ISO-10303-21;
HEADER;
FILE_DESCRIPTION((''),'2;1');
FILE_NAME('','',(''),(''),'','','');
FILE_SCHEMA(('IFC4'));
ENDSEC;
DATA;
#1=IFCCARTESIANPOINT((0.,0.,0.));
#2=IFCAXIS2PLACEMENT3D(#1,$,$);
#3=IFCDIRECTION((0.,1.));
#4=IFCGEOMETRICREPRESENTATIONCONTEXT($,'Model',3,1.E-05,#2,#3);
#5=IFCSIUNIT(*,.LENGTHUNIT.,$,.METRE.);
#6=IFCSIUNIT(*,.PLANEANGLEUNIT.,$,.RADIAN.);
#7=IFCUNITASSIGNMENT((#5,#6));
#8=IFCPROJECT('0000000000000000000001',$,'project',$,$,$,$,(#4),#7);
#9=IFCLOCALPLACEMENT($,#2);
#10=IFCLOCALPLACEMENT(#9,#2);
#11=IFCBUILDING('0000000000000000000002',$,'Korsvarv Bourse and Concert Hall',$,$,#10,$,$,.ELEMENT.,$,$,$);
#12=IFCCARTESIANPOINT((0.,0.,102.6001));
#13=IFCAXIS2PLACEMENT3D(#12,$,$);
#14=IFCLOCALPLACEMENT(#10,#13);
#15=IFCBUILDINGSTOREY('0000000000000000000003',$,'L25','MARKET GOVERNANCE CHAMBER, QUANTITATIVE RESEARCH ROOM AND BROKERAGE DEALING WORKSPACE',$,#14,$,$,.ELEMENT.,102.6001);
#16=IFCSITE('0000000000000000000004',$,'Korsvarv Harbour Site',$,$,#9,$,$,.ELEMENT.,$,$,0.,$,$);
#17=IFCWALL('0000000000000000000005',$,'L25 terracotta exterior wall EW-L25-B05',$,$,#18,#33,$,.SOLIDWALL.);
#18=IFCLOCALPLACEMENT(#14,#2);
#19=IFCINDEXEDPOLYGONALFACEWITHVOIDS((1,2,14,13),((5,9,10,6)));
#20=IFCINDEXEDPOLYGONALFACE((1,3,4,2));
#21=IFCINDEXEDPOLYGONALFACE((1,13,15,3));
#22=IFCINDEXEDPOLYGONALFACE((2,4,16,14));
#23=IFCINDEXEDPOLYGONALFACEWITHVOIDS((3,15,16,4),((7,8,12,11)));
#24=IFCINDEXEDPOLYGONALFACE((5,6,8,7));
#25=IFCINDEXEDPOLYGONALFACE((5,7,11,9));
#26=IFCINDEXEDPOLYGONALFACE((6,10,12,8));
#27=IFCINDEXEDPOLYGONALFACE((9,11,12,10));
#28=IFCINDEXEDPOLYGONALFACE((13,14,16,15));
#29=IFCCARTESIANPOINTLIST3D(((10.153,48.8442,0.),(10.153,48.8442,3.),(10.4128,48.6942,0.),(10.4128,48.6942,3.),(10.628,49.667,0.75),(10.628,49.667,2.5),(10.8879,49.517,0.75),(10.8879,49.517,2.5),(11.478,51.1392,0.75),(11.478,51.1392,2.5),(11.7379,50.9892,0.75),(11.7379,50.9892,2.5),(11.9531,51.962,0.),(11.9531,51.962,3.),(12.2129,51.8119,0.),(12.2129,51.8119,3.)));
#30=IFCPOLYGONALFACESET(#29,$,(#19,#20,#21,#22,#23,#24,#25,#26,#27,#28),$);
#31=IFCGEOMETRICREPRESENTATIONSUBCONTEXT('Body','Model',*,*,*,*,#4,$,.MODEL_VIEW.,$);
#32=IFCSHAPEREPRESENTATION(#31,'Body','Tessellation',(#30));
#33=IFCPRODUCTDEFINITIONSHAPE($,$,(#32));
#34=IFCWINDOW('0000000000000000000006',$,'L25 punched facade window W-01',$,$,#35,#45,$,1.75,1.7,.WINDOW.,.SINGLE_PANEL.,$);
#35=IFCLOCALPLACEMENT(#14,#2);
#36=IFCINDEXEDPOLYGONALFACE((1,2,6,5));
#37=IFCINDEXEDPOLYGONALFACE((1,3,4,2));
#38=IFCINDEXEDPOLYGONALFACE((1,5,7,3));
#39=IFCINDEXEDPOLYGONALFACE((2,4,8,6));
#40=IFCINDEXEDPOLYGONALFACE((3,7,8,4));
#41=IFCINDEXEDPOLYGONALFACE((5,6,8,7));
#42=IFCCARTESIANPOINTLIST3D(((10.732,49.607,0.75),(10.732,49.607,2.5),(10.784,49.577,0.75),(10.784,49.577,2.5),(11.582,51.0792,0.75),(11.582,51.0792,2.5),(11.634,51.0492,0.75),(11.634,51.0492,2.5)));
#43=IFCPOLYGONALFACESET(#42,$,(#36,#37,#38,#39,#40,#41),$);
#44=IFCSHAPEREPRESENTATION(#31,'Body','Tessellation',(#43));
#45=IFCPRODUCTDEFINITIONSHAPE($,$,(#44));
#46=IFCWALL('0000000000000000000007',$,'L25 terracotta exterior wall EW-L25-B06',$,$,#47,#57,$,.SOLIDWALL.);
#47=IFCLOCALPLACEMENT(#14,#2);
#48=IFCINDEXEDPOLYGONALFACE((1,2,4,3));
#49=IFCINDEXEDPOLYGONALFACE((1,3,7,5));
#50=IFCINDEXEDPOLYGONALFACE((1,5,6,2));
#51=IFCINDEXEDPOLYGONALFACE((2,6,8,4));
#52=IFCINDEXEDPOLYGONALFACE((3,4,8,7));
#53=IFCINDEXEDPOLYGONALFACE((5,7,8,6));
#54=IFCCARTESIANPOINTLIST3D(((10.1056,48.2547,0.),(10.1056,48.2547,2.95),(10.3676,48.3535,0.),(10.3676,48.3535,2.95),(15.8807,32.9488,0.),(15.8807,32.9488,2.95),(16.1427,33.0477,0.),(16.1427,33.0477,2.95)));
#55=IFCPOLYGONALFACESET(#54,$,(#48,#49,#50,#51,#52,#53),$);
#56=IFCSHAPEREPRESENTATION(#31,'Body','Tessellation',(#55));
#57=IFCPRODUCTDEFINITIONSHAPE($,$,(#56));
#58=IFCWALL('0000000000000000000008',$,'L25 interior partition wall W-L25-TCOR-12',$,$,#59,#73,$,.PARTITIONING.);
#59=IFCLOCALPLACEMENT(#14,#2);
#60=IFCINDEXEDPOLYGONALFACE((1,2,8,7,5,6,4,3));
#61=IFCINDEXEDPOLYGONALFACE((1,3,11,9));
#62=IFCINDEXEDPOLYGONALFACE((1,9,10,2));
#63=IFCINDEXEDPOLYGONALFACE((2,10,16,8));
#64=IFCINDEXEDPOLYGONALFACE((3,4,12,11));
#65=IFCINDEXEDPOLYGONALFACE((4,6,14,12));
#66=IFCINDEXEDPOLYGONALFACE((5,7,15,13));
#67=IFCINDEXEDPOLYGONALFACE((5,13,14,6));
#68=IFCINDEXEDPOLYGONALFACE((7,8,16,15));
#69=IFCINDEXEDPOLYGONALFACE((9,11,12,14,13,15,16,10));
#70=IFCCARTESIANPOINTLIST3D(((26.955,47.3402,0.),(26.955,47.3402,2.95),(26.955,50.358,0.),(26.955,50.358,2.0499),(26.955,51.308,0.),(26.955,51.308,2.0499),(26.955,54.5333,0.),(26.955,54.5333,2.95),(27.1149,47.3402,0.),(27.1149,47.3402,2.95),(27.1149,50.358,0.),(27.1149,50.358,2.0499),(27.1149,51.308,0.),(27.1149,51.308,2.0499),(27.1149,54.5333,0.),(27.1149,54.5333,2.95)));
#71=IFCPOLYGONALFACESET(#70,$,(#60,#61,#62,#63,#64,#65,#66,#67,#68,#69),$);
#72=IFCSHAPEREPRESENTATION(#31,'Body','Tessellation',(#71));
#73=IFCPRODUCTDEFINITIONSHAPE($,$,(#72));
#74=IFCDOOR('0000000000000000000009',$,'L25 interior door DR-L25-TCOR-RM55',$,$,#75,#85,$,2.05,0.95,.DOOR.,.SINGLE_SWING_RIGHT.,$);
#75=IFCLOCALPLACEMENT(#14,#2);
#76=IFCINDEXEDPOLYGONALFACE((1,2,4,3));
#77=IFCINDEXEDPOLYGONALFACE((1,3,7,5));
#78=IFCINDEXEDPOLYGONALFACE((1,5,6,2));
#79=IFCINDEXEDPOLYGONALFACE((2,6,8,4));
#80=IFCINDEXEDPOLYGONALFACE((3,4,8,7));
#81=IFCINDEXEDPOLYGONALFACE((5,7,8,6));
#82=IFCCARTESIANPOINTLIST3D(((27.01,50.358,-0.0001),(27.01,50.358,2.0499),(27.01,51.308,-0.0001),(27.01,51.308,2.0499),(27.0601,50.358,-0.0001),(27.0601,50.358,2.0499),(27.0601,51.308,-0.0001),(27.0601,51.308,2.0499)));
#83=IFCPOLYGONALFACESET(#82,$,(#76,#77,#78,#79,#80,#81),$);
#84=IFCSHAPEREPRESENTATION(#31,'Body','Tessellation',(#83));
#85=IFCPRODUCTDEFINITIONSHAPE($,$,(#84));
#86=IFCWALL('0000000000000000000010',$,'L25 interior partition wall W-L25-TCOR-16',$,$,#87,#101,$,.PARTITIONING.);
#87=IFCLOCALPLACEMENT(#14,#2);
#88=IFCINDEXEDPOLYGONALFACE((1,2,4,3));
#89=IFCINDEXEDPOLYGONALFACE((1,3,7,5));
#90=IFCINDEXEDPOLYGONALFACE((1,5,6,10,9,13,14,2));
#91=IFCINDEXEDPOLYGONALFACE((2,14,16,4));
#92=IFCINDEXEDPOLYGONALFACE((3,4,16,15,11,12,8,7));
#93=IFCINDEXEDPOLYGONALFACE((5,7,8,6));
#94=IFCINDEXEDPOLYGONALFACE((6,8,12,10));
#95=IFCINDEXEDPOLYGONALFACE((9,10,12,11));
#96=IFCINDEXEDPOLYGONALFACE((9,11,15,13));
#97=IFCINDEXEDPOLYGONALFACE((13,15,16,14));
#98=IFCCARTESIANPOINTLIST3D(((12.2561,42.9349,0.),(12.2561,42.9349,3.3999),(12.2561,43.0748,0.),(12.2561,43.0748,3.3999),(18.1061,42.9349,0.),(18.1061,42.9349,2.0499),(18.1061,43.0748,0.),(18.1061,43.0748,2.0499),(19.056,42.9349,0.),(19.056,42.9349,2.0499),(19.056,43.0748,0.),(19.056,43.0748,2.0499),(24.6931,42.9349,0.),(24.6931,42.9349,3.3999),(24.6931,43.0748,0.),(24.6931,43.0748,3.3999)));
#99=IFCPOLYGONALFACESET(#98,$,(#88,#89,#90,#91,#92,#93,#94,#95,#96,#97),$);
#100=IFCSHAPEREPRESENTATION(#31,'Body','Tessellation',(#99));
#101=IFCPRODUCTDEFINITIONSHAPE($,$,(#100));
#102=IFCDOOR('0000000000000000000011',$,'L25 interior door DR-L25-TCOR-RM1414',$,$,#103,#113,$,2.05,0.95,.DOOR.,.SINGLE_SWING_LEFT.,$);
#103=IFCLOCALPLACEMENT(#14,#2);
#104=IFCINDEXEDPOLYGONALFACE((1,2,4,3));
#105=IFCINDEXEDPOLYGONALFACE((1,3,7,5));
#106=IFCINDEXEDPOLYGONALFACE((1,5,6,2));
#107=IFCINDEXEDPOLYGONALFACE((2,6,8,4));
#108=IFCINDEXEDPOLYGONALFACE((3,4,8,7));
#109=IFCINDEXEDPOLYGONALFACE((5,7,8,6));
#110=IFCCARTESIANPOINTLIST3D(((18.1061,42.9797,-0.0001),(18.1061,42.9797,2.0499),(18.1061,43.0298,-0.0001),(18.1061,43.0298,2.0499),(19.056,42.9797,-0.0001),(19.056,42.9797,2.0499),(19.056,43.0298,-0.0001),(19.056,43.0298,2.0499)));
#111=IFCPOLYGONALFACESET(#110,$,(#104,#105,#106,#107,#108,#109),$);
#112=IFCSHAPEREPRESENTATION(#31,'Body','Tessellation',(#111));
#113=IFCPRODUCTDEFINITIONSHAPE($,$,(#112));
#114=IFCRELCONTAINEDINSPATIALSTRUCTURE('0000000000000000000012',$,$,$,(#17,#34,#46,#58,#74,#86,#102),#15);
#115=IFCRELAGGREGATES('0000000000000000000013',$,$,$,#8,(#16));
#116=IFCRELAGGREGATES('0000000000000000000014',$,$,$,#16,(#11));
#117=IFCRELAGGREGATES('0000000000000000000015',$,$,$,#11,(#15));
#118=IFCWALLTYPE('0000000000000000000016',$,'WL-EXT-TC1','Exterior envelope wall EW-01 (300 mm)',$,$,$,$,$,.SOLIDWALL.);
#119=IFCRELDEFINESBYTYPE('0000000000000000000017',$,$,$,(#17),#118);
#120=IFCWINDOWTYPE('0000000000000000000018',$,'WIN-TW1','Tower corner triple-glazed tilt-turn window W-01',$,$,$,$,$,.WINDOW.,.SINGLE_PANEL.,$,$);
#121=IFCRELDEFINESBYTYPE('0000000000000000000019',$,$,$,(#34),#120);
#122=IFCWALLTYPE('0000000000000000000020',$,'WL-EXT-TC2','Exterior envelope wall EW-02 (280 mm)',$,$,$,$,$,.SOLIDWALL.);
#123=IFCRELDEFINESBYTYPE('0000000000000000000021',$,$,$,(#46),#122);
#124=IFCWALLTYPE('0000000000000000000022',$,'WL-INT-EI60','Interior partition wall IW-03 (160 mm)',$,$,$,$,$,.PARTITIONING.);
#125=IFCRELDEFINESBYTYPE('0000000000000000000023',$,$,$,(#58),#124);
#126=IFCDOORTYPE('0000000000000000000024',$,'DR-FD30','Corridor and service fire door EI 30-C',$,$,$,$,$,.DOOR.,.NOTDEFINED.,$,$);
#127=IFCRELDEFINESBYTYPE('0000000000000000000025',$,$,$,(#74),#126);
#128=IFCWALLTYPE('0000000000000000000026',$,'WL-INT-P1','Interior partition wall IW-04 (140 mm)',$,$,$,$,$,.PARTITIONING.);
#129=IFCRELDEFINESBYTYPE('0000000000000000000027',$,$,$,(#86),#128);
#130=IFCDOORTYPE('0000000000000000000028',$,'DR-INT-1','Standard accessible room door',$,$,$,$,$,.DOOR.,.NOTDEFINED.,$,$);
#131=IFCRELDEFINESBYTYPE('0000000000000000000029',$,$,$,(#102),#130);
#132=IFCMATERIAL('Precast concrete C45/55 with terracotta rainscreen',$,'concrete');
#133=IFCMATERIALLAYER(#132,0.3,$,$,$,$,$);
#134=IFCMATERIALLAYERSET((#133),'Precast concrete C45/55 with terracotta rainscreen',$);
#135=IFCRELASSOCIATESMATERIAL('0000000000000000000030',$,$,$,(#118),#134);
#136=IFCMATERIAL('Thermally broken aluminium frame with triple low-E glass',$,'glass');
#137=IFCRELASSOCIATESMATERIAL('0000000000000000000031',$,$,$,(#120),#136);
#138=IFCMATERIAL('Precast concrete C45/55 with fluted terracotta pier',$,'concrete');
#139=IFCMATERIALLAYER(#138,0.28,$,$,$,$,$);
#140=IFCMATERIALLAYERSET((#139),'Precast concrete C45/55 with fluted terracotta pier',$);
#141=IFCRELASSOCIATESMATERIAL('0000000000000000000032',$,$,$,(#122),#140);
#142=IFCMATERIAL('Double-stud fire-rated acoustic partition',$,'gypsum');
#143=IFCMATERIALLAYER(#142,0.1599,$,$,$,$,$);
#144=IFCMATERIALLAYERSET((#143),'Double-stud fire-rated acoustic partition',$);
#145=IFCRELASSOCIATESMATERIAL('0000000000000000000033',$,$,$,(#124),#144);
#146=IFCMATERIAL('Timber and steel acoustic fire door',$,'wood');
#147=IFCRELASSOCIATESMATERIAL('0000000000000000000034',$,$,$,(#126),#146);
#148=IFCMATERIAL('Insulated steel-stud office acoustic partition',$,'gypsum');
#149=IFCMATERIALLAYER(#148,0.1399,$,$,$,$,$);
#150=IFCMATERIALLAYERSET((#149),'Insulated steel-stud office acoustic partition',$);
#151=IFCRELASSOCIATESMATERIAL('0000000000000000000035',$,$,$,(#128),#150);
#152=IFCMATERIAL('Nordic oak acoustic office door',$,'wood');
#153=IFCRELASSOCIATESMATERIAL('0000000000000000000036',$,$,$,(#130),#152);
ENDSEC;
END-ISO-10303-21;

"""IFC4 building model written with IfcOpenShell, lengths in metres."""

from ifc_helpers import new_model, si_unit, direction, frame, frame_2d, origin, place, context, subcontext, project, spatial, rectangle, extrude, material, layer, layer_set, type_object, element, fill, save


model = new_model("IFC4")

# Units and contexts
model_context = context("Model", 3, precision=1e-05, world=origin(), true_north=direction((0.0, 1.0)))
body_context = subcontext(model_context, "Body", "Model", "MODEL_VIEW")
ifc_project = project(units=[si_unit("LENGTHUNIT", "METRE"), si_unit("PLANEANGLEUNIT", "RADIAN")], contexts=[model_context])

# Site, building, storey
site_placement = place(None, origin())
site = spatial("IfcSite", under=ifc_project, at=site_placement, Name="Korsvarv Harbour Site", CompositionType="ELEMENT", RefElevation=0.0)
building_placement = place(site_placement, origin())
building = spatial("IfcBuilding", under=site, at=building_placement, Name="Korsvarv Bourse and Concert Hall", CompositionType="ELEMENT")
storey_placement = place(building_placement, frame((0.0, 0.0, 102.6001)))
storey = spatial("IfcBuildingStorey", under=building, at=storey_placement, Name="L25", Description="MARKET GOVERNANCE CHAMBER, QUANTITATIVE RESEARCH ROOM AND BROKERAGE DEALING WORKSPACE", CompositionType="ELEMENT", Elevation=102.6001)

# Wall, opening, window
ifc_material_1 = material(Name="Precast concrete C45/55 with terracotta rainscreen", Category="concrete")
ifc_layer_1 = layer(ifc_material_1, 0.3)
ifc_layer_set_1 = layer_set([ifc_layer_1], Name="Precast concrete C45/55 with terracotta rainscreen")
wall_type_1 = type_object("IfcWallType", Name="WL-EXT-TC1", Description="Exterior envelope wall EW-01 (300 mm)", PredefinedType="SOLIDWALL", material=ifc_layer_set_1)
wall_1_placement = place(storey_placement, frame((12.083, 51.887, 0.0), z_axis=(0.0, 0.0, 1.0), x_axis=(-0.500012, -0.866018, 0.0)))
wall_1 = element("IfcWall", 1, at=wall_1_placement, inside=storey, type_object=wall_type_1, Name="L25 terracotta exterior wall EW-L25-B05", PredefinedType="SOLIDWALL", context=body_context, shape_type="SweptSolid", body=[
    extrude(rectangle(XDim=3.6001, YDim=0.3, at=frame_2d((1.8, 0.0))), origin(), (0.0, 0.0, 1.0), 3.0),
])
opening_1_placement = place(wall_1_placement, frame((0.95, 0.0, 0.75)))
opening_1 = element("IfcOpeningElement", 2, at=opening_1_placement, cuts=wall_1, PredefinedType="OPENING", context=body_context, shape_type="SweptSolid", body=[
    extrude(rectangle(XDim=1.7, YDim=1.75, at=frame_2d((0.8501, 0.875))), frame((0.0, 0.1602, 0.0), z_axis=(0.0, -1.0, 0.0), x_axis=(1.0, 0.0, 0.0)), (0.0, 0.0, 1.0), 0.3201),
])
ifc_material_2 = material(Name="Thermally broken aluminium frame with triple low-E glass", Category="glass")
window_type = type_object("IfcWindowType", Name="WIN-TW1", Description="Tower corner triple-glazed tilt-turn window W-01", PartitioningType="SINGLE_PANEL", PredefinedType="WINDOW", material=ifc_material_2)
window_placement = place(opening_1_placement, origin())
window = element("IfcWindow", 3, at=window_placement, inside=storey, type_object=window_type, Name="L25 punched facade window W-01", OverallHeight=1.75, OverallWidth=1.7, PartitioningType="SINGLE_PANEL", PredefinedType="WINDOW", context=body_context, shape_type="SweptSolid", body=[
    extrude(rectangle(XDim=1.7, YDim=1.75, at=frame_2d((0.8501, 0.875))), frame((0.0, 0.03, 0.0), z_axis=(0.0, -1.0, 0.0), x_axis=(1.0, 0.0, 0.0)), (0.0, 0.0, 1.0), 0.0601),
])
fill(opening_1, window)

# Wall
ifc_material_3 = material(Name="Precast concrete C45/55 with fluted terracotta pier", Category="concrete")
ifc_layer_2 = layer(ifc_material_3, 0.28)
ifc_layer_set_2 = layer_set([ifc_layer_2], Name="Precast concrete C45/55 with fluted terracotta pier")
wall_type_2 = type_object("IfcWallType", Name="WL-EXT-TC2", Description="Exterior envelope wall EW-02 (280 mm)", PredefinedType="SOLIDWALL", material=ifc_layer_set_2)
wall_2_placement = place(storey_placement, frame((10.2366, 48.3042, 0.0), z_axis=(0.0, 0.0, 1.0), x_axis=(0.353022, -0.935615, 0.0)))
element("IfcWall", 4, at=wall_2_placement, inside=storey, type_object=wall_type_2, Name="L25 terracotta exterior wall EW-L25-B06", PredefinedType="SOLIDWALL", context=body_context, shape_type="SweptSolid", body=[
    extrude(rectangle(XDim=16.3591, YDim=0.28, at=frame_2d((8.1797, 0.0))), origin(), (0.0, 0.0, 1.0), 2.95),
])

# Walls, openings, doors
ifc_material_4 = material(Name="Double-stud fire-rated acoustic partition", Category="gypsum")
ifc_layer_3 = layer(ifc_material_4, 0.1599)
ifc_layer_set_3 = layer_set([ifc_layer_3], Name="Double-stud fire-rated acoustic partition")
wall_type_3 = type_object("IfcWallType", Name="WL-INT-EI60", Description="Interior partition wall IW-03 (160 mm)", PredefinedType="PARTITIONING", material=ifc_layer_set_3)
wall_3_placement = place(storey_placement, frame((27.0349, 47.3401, 0.0), z_axis=(0.0, 0.0, 1.0), x_axis=(0.0, 1.0, 0.0)))
wall_3 = element("IfcWall", 5, at=wall_3_placement, inside=storey, type_object=wall_type_3, Name="L25 interior partition wall W-L25-TCOR-12", PredefinedType="PARTITIONING", context=body_context, shape_type="SweptSolid", body=[
    extrude(rectangle(XDim=7.1931, YDim=0.1599, at=frame_2d((3.5967, 0.0))), origin(), (0.0, 0.0, 1.0), 2.95),
])
opening_2_placement = place(wall_3_placement, frame((3.0178, 0.0, 0.0)))
opening_2 = element("IfcOpeningElement", 6, at=opening_2_placement, cuts=wall_3, PredefinedType="OPENING", context=body_context, shape_type="SweptSolid", body=[
    extrude(rectangle(XDim=0.95, YDim=2.05, at=frame_2d((0.4751, 1.0249))), frame((0.0, 0.0898, 0.0), z_axis=(0.0, -1.0, 0.0), x_axis=(1.0, 0.0, 0.0)), (0.0, 0.0, 1.0), 0.1799),
])
ifc_material_5 = material(Name="Timber and steel acoustic fire door", Category="wood")
door_type_1 = type_object("IfcDoorType", Name="DR-FD30", Description="Corridor and service fire door EI 30-C", OperationType="NOTDEFINED", PredefinedType="DOOR", material=ifc_material_5)
door_1_placement = place(opening_2_placement, origin())
door_1 = element("IfcDoor", 7, at=door_1_placement, inside=storey, type_object=door_type_1, Name="L25 interior door DR-L25-TCOR-RM55", OperationType="SINGLE_SWING_RIGHT", OverallHeight=2.05, OverallWidth=0.95, PredefinedType="DOOR", context=body_context, shape_type="SweptSolid", body=[
    extrude(rectangle(XDim=0.95, YDim=2.05, at=frame_2d((0.4751, 1.0249))), frame((0.0, 0.0249, 0.0), z_axis=(0.0, -1.0, 0.0), x_axis=(1.0, 0.0, 0.0)), (0.0, 0.0, 1.0), 0.05),
])
fill(opening_2, door_1)
ifc_material_6 = material(Name="Insulated steel-stud office acoustic partition", Category="gypsum")
ifc_layer_4 = layer(ifc_material_6, 0.1399)
ifc_layer_set_4 = layer_set([ifc_layer_4], Name="Insulated steel-stud office acoustic partition")
wall_type_4 = type_object("IfcWallType", Name="WL-INT-P1", Description="Interior partition wall IW-04 (140 mm)", PredefinedType="PARTITIONING", material=ifc_layer_set_4)
wall_4_placement = place(storey_placement, frame((12.2561, 43.0049, 0.0), z_axis=(0.0, 0.0, 1.0), x_axis=(1.0, 0.0, 0.0)))
wall_4 = element("IfcWall", 8, at=wall_4_placement, inside=storey, type_object=wall_type_4, Name="L25 interior partition wall W-L25-TCOR-16", PredefinedType="PARTITIONING", context=body_context, shape_type="SweptSolid", body=[
    extrude(rectangle(XDim=12.437, YDim=0.1399, at=frame_2d((6.2185, 0.0))), origin(), (0.0, 0.0, 1.0), 3.3999),
])
opening_3_placement = place(wall_4_placement, frame((5.8499, 0.0, 0.0)))
opening_3 = element("IfcOpeningElement", 9, at=opening_3_placement, cuts=wall_4, PredefinedType="OPENING", context=body_context, shape_type="SweptSolid", body=[
    extrude(rectangle(XDim=0.95, YDim=2.05, at=frame_2d((0.4751, 1.0249))), frame((0.0, 0.0801, 0.0), z_axis=(0.0, -1.0, 0.0), x_axis=(1.0, 0.0, 0.0)), (0.0, 0.0, 1.0), 0.1599),
])
ifc_material_7 = material(Name="Nordic oak acoustic office door", Category="wood")
door_type_2 = type_object("IfcDoorType", Name="DR-INT-1", Description="Standard accessible room door", OperationType="NOTDEFINED", PredefinedType="DOOR", material=ifc_material_7)
door_2_placement = place(opening_3_placement, origin())
door_2 = element("IfcDoor", 10, at=door_2_placement, inside=storey, type_object=door_type_2, Name="L25 interior door DR-L25-TCOR-RM1414", OperationType="SINGLE_SWING_LEFT", OverallHeight=2.05, OverallWidth=0.95, PredefinedType="DOOR", context=body_context, shape_type="SweptSolid", body=[
    extrude(rectangle(XDim=0.95, YDim=2.05, at=frame_2d((0.4751, 1.0249))), frame((0.0, 0.0249, 0.0), z_axis=(0.0, -1.0, 0.0), x_axis=(1.0, 0.0, 0.0)), (0.0, 0.0, 1.0), 0.05),
])
fill(opening_3, door_2)

save(model, "model.ifc")
